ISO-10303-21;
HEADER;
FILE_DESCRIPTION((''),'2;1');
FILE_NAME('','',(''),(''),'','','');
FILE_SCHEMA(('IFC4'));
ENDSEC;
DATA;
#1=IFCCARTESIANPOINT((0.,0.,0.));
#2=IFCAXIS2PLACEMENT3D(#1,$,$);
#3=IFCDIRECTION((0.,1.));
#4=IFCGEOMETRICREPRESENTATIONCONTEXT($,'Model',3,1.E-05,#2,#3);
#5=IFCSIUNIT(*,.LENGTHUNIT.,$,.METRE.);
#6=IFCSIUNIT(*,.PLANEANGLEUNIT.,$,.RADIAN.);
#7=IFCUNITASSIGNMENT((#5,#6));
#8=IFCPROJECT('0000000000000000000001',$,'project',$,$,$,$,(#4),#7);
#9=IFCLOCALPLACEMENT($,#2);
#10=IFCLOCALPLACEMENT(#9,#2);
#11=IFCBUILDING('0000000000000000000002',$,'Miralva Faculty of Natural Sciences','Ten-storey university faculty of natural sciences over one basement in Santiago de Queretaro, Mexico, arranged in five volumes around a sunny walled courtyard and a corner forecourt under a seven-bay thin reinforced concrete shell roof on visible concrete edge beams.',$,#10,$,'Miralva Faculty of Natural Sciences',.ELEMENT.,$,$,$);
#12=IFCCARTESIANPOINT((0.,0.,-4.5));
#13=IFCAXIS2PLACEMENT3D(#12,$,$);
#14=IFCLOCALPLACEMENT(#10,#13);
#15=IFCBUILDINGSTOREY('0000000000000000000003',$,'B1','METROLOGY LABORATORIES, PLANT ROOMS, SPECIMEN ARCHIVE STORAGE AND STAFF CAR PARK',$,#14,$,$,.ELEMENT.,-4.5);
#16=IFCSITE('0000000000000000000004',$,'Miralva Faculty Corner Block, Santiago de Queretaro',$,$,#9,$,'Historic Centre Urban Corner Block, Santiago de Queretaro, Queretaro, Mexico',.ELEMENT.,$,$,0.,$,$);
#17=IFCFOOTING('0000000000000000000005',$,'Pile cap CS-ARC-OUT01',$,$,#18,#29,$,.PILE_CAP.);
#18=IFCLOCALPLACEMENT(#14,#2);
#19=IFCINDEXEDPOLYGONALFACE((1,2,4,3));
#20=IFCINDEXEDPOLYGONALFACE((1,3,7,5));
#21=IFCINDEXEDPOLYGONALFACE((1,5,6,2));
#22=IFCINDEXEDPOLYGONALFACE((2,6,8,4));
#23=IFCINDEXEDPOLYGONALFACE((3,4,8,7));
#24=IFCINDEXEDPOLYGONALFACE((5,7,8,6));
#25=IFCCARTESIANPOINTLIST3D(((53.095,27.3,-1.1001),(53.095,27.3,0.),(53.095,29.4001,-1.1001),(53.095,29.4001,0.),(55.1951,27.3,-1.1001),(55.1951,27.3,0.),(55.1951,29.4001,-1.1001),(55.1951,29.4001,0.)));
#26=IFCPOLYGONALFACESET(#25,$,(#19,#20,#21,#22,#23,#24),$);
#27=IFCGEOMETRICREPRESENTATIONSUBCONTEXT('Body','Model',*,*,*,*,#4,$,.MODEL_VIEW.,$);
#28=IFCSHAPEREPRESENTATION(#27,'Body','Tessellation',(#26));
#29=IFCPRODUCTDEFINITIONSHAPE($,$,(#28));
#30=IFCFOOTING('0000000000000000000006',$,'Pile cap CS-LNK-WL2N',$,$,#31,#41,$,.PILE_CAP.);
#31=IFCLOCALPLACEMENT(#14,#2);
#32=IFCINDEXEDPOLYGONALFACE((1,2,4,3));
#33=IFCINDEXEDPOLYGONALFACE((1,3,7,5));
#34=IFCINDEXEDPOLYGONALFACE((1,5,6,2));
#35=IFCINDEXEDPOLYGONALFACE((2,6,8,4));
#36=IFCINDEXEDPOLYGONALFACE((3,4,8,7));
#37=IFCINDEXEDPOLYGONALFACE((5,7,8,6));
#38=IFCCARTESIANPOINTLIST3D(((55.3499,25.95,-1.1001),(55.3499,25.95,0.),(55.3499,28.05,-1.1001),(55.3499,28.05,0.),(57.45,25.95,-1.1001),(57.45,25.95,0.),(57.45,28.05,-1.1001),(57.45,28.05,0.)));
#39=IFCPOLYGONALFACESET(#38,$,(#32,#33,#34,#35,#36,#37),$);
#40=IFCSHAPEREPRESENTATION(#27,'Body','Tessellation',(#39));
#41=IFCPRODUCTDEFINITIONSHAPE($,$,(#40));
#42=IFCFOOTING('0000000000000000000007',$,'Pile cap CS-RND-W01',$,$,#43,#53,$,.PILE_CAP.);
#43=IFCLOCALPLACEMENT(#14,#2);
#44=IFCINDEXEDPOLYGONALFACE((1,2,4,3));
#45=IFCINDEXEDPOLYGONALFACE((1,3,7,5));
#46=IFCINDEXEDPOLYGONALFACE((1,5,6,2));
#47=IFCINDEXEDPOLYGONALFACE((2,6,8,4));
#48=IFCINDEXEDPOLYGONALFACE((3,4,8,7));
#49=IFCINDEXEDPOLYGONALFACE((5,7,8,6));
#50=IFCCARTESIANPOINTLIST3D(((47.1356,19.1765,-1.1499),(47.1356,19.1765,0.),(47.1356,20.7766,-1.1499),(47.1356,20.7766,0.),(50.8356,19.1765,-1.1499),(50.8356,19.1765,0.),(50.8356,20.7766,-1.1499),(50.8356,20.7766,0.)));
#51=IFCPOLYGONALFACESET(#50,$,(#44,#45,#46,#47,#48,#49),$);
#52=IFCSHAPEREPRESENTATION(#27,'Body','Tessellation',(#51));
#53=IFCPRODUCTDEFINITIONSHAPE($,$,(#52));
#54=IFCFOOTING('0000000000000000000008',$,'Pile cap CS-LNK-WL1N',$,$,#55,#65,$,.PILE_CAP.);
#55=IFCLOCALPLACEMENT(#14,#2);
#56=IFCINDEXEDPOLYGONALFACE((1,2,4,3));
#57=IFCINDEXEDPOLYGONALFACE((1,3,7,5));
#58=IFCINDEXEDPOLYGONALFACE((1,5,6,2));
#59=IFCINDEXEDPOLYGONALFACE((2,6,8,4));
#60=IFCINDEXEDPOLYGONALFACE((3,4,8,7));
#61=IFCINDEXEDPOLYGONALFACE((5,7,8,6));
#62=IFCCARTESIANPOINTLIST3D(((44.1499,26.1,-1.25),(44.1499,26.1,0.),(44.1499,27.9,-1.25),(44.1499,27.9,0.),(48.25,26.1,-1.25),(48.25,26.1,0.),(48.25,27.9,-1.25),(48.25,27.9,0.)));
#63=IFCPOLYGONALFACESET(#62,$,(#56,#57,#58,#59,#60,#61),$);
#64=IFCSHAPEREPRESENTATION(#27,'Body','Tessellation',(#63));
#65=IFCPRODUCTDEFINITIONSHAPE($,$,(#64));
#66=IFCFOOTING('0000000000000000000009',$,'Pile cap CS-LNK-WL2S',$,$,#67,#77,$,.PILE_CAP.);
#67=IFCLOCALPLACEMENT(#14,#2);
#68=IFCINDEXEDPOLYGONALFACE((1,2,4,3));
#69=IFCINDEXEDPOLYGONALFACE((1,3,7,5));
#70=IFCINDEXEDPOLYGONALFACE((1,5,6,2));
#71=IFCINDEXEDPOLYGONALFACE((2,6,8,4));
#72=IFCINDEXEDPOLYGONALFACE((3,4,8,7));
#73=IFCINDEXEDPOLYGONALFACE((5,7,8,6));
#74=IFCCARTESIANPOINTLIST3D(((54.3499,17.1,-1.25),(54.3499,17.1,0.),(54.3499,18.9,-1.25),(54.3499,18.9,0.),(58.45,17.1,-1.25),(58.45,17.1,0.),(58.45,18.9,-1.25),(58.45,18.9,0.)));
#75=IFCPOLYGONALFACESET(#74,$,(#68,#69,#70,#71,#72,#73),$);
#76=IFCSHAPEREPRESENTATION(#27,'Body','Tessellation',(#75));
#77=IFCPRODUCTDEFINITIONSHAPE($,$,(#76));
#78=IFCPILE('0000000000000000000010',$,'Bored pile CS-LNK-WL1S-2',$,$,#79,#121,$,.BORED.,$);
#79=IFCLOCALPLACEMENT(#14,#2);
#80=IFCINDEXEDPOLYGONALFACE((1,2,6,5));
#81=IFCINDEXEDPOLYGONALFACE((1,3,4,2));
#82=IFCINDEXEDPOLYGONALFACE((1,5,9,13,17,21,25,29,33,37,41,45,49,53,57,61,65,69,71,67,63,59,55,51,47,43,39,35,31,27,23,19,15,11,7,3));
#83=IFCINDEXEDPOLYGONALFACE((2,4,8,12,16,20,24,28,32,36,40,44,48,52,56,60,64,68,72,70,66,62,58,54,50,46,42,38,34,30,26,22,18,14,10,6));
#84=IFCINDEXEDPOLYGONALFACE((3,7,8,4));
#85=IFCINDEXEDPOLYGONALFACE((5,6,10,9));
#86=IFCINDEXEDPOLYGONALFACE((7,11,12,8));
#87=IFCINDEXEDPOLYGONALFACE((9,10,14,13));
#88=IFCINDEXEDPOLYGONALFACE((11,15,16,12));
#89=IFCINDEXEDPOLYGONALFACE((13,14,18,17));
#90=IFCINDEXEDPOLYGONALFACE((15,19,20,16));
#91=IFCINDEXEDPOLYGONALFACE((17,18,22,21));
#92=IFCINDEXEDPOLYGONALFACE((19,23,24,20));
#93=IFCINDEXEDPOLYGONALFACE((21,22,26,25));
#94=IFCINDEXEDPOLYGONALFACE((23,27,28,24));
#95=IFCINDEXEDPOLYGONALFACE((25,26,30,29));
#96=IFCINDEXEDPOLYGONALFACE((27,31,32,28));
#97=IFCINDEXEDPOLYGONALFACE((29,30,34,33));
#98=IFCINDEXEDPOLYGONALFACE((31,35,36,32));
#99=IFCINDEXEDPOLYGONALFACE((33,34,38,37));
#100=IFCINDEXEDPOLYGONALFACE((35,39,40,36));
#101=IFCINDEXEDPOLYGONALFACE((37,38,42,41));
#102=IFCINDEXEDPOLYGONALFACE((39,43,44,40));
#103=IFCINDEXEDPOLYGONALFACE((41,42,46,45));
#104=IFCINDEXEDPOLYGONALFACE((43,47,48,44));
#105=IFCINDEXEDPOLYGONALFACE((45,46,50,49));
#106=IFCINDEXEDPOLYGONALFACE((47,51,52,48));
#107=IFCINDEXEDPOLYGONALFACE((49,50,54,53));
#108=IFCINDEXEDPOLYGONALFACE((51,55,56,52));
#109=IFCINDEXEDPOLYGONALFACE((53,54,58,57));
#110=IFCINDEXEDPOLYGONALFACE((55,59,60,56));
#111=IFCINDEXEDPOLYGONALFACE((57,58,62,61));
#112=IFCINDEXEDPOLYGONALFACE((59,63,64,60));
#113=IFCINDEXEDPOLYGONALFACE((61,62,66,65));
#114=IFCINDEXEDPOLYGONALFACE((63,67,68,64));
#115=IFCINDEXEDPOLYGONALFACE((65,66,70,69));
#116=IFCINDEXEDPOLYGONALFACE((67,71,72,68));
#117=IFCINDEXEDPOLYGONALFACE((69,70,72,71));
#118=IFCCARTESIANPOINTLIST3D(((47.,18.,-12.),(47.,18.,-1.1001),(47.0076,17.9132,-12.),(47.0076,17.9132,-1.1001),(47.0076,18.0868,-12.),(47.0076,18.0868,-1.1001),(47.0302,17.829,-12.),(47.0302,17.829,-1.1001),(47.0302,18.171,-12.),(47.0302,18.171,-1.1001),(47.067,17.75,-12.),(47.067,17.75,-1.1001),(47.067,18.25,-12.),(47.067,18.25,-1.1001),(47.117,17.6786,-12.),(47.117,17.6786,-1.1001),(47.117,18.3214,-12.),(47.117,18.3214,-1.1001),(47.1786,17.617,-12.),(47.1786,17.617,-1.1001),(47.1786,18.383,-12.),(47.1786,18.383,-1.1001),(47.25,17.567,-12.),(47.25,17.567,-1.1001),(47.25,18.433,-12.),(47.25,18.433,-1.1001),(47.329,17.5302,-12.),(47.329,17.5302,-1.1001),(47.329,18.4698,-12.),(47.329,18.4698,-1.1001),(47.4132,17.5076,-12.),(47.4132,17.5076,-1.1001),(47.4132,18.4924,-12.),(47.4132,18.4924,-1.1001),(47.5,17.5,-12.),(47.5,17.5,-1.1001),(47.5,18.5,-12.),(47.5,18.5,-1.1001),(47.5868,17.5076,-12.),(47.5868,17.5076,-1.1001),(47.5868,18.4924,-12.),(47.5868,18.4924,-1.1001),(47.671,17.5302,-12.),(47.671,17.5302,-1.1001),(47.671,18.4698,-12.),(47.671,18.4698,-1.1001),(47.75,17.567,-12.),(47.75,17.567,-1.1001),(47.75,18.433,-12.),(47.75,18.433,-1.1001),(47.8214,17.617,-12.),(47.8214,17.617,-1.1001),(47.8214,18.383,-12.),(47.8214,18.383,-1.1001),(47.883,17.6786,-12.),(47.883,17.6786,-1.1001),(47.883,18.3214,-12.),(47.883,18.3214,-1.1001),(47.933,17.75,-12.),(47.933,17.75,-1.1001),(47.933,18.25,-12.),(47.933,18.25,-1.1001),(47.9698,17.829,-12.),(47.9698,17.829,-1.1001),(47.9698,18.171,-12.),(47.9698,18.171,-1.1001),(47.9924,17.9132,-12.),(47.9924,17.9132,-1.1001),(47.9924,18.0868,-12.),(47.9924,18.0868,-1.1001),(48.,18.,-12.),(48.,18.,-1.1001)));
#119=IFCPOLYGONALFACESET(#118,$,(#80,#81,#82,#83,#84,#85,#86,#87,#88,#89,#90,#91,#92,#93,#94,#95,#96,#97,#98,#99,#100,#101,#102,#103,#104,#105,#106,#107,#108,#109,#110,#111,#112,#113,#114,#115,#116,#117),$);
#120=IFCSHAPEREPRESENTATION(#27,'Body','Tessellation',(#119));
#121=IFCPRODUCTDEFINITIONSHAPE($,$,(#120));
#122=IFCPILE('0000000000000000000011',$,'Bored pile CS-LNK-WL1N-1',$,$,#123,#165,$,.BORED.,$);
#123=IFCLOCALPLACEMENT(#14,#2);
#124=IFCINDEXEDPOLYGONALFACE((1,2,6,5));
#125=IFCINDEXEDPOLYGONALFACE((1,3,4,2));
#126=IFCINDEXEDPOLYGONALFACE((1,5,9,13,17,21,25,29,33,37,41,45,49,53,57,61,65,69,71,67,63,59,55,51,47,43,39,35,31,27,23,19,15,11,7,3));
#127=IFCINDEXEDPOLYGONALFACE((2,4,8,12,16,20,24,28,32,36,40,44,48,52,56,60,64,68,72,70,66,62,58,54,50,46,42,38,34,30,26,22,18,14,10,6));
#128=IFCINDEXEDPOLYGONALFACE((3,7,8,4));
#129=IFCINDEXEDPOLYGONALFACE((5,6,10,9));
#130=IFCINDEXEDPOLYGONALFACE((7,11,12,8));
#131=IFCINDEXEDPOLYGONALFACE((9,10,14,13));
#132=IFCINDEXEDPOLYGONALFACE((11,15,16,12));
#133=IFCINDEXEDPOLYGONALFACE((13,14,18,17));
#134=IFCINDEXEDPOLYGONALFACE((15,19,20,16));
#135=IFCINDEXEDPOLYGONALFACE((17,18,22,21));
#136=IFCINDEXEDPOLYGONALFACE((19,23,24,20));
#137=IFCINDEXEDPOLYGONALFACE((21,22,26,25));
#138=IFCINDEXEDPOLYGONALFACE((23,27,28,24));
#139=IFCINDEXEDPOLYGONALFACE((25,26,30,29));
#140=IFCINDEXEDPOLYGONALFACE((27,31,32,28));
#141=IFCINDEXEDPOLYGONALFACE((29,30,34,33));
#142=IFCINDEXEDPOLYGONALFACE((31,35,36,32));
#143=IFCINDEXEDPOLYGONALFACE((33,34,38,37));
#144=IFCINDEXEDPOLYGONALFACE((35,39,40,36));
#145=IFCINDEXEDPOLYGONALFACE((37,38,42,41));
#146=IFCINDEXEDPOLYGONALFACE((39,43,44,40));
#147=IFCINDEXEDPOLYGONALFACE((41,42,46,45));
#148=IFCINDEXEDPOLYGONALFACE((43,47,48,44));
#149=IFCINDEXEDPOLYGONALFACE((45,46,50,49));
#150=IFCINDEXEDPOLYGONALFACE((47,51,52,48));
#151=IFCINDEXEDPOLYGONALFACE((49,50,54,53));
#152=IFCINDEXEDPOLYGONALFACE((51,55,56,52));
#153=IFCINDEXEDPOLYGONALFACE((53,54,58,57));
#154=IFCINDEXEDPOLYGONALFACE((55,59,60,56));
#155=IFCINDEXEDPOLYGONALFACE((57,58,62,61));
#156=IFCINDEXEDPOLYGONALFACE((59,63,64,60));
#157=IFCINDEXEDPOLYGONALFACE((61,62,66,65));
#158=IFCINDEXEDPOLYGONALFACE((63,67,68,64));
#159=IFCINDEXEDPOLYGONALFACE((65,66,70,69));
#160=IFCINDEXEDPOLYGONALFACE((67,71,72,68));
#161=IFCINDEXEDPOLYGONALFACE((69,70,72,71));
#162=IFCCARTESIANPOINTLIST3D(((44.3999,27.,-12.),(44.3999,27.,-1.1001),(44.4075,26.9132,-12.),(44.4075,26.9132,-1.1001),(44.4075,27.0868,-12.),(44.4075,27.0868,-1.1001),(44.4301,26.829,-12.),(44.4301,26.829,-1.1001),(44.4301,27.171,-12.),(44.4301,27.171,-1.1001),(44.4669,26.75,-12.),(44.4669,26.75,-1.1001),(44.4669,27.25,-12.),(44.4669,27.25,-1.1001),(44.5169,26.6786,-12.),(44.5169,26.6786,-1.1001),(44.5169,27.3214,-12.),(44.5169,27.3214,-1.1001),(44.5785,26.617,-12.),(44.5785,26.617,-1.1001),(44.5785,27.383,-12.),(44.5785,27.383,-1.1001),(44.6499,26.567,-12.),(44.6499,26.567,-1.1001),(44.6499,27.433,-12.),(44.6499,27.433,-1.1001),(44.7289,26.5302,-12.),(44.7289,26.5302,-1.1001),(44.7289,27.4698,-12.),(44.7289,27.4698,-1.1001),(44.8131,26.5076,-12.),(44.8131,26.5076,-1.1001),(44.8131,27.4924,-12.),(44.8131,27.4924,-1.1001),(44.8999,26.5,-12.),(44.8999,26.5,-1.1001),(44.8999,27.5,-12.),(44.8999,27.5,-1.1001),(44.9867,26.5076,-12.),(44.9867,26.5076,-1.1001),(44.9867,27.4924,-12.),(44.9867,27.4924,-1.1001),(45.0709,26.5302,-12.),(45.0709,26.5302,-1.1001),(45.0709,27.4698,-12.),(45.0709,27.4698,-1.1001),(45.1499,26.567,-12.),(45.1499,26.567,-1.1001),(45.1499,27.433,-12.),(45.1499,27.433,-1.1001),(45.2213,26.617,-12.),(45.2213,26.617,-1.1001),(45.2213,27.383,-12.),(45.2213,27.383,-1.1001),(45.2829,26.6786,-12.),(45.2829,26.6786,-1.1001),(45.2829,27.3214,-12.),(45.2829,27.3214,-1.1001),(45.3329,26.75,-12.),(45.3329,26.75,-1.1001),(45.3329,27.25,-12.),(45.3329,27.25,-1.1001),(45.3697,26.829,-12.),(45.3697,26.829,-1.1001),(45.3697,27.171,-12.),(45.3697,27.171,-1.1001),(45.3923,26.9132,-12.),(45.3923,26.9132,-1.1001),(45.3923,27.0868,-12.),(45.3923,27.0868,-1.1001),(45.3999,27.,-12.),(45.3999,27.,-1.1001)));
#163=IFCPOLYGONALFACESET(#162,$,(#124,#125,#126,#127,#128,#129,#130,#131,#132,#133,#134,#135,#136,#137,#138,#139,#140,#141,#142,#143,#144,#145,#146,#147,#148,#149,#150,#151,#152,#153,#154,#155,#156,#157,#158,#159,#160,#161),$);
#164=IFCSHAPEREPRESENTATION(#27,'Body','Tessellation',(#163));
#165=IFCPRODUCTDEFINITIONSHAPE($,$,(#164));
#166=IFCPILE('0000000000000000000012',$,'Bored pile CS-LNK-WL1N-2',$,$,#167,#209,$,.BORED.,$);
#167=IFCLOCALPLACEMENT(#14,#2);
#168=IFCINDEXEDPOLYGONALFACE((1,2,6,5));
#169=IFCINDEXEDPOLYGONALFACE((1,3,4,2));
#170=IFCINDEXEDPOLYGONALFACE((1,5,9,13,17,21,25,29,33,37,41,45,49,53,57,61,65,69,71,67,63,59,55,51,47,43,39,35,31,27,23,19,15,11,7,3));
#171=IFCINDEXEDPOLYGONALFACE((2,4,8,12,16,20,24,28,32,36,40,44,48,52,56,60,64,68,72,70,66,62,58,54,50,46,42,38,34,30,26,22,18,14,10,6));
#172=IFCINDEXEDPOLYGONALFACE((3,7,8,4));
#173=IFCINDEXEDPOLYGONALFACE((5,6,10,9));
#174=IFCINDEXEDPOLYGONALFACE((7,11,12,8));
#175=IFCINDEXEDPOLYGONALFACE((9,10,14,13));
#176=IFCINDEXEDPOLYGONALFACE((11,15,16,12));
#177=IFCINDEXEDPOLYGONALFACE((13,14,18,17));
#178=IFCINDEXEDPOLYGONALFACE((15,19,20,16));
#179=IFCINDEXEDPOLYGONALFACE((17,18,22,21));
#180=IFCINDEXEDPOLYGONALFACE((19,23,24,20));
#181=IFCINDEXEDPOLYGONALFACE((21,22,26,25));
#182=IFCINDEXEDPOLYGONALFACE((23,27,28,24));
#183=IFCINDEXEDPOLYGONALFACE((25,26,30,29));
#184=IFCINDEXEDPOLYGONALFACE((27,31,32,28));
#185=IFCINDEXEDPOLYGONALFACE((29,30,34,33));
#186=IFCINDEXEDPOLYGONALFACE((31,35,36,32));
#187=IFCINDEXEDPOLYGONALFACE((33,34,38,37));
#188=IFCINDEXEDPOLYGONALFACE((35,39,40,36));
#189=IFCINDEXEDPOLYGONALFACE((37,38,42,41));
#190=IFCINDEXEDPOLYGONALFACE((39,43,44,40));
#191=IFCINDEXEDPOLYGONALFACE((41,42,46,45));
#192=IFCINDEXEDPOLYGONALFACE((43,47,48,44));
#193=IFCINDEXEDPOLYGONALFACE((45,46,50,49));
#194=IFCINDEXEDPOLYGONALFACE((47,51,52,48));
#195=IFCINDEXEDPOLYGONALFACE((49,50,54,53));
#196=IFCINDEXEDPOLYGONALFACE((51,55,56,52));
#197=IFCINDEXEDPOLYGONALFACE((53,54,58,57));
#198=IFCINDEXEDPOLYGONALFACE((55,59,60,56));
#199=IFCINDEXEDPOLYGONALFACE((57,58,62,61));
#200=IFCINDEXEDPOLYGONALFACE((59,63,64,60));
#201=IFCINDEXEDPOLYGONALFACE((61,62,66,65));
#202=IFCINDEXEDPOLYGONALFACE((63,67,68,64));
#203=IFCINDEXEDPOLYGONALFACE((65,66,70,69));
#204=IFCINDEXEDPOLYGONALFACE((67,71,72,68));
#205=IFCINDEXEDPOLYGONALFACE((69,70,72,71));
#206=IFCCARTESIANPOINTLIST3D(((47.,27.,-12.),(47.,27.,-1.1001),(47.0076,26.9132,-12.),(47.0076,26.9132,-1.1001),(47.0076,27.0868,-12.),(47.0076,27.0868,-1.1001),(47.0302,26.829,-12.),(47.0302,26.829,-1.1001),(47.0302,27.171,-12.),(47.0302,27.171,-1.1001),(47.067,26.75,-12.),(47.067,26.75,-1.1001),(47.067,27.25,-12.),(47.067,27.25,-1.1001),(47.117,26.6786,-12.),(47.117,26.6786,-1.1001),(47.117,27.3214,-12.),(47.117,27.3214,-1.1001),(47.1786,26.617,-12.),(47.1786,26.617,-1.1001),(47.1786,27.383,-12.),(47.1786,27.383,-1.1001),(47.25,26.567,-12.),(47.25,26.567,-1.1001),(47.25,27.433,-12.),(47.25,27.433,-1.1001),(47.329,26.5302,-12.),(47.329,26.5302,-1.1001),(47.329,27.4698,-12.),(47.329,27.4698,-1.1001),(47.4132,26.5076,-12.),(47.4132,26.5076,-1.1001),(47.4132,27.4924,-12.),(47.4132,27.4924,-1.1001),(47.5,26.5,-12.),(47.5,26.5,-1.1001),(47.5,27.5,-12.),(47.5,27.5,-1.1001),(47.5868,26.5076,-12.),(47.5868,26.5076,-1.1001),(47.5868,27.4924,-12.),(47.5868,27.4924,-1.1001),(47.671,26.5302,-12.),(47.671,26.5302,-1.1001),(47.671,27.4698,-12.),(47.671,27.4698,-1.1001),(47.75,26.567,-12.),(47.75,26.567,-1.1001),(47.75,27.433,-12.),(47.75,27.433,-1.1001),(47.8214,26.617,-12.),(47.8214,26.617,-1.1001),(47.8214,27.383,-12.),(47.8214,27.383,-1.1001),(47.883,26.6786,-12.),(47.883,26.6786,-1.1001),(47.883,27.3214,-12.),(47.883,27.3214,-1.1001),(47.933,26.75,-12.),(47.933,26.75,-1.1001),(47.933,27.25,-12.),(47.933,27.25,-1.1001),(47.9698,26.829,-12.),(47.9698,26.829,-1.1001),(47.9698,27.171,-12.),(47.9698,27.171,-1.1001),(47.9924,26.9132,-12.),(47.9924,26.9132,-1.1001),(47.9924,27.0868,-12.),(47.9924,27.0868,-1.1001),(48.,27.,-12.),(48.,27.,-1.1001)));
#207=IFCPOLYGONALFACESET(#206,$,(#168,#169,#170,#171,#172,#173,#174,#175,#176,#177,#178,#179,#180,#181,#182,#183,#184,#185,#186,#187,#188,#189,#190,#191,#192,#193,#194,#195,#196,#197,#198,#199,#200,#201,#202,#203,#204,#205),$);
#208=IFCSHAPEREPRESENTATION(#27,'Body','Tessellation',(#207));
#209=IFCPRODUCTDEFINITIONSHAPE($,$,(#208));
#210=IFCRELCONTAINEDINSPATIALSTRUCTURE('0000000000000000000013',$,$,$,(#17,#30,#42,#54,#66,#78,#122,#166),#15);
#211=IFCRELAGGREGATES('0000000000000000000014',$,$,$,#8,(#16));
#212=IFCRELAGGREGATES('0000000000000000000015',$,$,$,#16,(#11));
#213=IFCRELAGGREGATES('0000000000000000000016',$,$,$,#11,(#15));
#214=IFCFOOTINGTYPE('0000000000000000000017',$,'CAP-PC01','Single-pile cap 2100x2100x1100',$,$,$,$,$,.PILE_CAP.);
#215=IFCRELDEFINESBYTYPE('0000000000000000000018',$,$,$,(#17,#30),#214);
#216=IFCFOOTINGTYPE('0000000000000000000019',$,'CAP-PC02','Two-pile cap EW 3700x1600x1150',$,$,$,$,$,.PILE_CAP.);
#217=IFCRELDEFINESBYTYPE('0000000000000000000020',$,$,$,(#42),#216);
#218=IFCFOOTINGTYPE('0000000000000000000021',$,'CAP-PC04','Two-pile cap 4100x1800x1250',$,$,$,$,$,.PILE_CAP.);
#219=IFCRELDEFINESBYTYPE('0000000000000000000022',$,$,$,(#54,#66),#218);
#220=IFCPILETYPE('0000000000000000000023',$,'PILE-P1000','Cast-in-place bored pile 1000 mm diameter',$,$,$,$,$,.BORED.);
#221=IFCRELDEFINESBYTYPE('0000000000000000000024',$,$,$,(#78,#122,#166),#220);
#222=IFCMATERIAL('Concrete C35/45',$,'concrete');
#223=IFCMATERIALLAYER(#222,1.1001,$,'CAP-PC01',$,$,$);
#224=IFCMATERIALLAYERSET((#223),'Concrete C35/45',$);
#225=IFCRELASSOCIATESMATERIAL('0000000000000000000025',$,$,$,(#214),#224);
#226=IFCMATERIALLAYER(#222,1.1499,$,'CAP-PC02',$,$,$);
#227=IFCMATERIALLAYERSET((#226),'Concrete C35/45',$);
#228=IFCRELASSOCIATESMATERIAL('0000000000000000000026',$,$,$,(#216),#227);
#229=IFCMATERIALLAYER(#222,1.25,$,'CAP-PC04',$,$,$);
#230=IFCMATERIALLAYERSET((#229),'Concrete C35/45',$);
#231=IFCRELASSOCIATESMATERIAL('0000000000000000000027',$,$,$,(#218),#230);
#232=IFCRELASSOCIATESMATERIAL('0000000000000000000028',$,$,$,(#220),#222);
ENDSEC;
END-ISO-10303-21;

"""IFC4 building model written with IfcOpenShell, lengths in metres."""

from ifc_helpers import new_model, si_unit, direction, frame, origin, origin_2d, place, context, subcontext, project, spatial, rectangle, circle, extrude, material, layer, layer_set, material_profile, profile_set, type_object, element, save


model = new_model("IFC4")

# Units and contexts
model_context = context("Model", 3, precision=1e-05, world=origin(), true_north=direction((0.0, 1.0)))
body_context = subcontext(model_context, "Body", "Model", "MODEL_VIEW")
ifc_project = project(units=[si_unit("LENGTHUNIT", "METRE"), si_unit("PLANEANGLEUNIT", "RADIAN")], contexts=[model_context])

# Site, building, storey
site_placement = place(None, origin())
site = spatial("IfcSite", under=ifc_project, at=site_placement, Name="Miralva Faculty Corner Block, Santiago de Queretaro", LongName="Historic Centre Urban Corner Block, Santiago de Queretaro, Queretaro, Mexico", CompositionType="ELEMENT", RefElevation=0.0)
building_placement = place(site_placement, origin())
building = spatial("IfcBuilding", under=site, at=building_placement, Name="Miralva Faculty of Natural Sciences", Description="Ten-storey university faculty of natural sciences over one basement in Santiago de Queretaro, Mexico, arranged in five volumes around a sunny walled courtyard and a corner forecourt under a seven-bay thin reinforced concrete shell roof on visible concrete edge beams.", LongName="Miralva Faculty of Natural Sciences", CompositionType="ELEMENT")
storey_placement = place(building_placement, frame((0.0, 0.0, -4.5)))
storey = spatial("IfcBuildingStorey", under=building, at=storey_placement, Name="B1", Description="METROLOGY LABORATORIES, PLANT ROOMS, SPECIMEN ARCHIVE STORAGE AND STAFF CAR PARK", CompositionType="ELEMENT", Elevation=-4.5)

# Footings
ifc_material_1 = material(Name="Concrete C35/45", Category="concrete")
ifc_layer_1 = layer(ifc_material_1, 1.1001, Name="CAP-PC01")
ifc_layer_set_1 = layer_set([ifc_layer_1], Name="Concrete C35/45")
footing_type_1 = type_object("IfcFootingType", Name="CAP-PC01", Description="Single-pile cap 2100x2100x1100", PredefinedType="PILE_CAP", material=ifc_layer_set_1)
for number, where, z_axis, x_axis, name in (
    (1, (54.145, 28.3501, -1.1001), (0.0, 0.0, 1.0), (1.0, 0.0, 0.0), "Pile cap CS-ARC-OUT01"),
    (2, (56.3999, 27.0, -1.1001), (0.0, 0.0, 1.0), (1.0, 0.0, 0.0), "Pile cap CS-LNK-WL2N"),
):
    element("IfcFooting", number, at=place(storey_placement, frame(where, z_axis=z_axis, x_axis=x_axis)), inside=storey, type_object=footing_type_1, Name=name, PredefinedType="PILE_CAP", context=body_context, shape_type="SweptSolid", body=[
        extrude(rectangle(XDim=2.1001, YDim=2.1001, at=origin_2d()), origin(), (0.0, 0.0, 1.0), 1.1001),
    ])
ifc_layer_2 = layer(ifc_material_1, 1.1499, Name="CAP-PC02")
ifc_layer_set_2 = layer_set([ifc_layer_2], Name="Concrete C35/45")
footing_type_2 = type_object("IfcFootingType", Name="CAP-PC02", Description="Two-pile cap EW 3700x1600x1150", PredefinedType="PILE_CAP", material=ifc_layer_set_2)
footing_1_placement = place(storey_placement, frame((48.9856, 19.9766, -1.1499), z_axis=(0.0, 0.0, 1.0), x_axis=(1.0, 0.0, 0.0)))
element("IfcFooting", 3, at=footing_1_placement, inside=storey, type_object=footing_type_2, Name="Pile cap CS-RND-W01", PredefinedType="PILE_CAP", context=body_context, shape_type="SweptSolid", body=[
    extrude(rectangle(XDim=3.7, YDim=1.6001, at=origin_2d()), origin(), (0.0, 0.0, 1.0), 1.1499),
])
ifc_layer_3 = layer(ifc_material_1, 1.25, Name="CAP-PC04")
ifc_layer_set_3 = layer_set([ifc_layer_3], Name="Concrete C35/45")
footing_type_3 = type_object("IfcFootingType", Name="CAP-PC04", Description="Two-pile cap 4100x1800x1250", PredefinedType="PILE_CAP", material=ifc_layer_set_3)
for number, where, z_axis, x_axis, name in (
    (4, (46.2, 27.0, -1.25), (0.0, 0.0, 1.0), (1.0, 0.0, 0.0), "Pile cap CS-LNK-WL1N"),
    (5, (56.3999, 18.0, -1.25), (0.0, 0.0, 1.0), (1.0, 0.0, 0.0), "Pile cap CS-LNK-WL2S"),
):
    element("IfcFooting", number, at=place(storey_placement, frame(where, z_axis=z_axis, x_axis=x_axis)), inside=storey, type_object=footing_type_3, Name=name, PredefinedType="PILE_CAP", context=body_context, shape_type="SweptSolid", body=[
        extrude(rectangle(XDim=4.1001, YDim=1.8, at=origin_2d()), origin(), (0.0, 0.0, 1.0), 1.25),
    ])

# Piles
ifc_material_profile_1 = material_profile(ifc_material_1, circle(Radius=0.5, at=origin_2d()), Name="BORED PILE 1000")
ifc_profile_set_1 = profile_set([ifc_material_profile_1], Name="Concrete C35/45")
pile_type_1 = type_object("IfcPileType", Name="PILE-P1000", Description="Cast-in-place bored pile 1000 mm diameter", PredefinedType="BORED", material=ifc_profile_set_1)
for number, where, z_axis, x_axis, name in (
    (6, (47.5, 18.0, -1.1001), (0.0, 0.0, -1.0), (1.0, 0.0, 0.0), "Bored pile CS-LNK-WL1S-2"),
    (7, (44.8999, 27.0, -1.1001), (0.0, 0.0, -1.0), (1.0, 0.0, 0.0), "Bored pile CS-LNK-WL1N-1"),
    (8, (47.5, 27.0, -1.1001), (0.0, 0.0, -1.0), (1.0, 0.0, 0.0), "Bored pile CS-LNK-WL1N-2"),
):
    element("IfcPile", number, at=place(storey_placement, frame(where, z_axis=z_axis, x_axis=x_axis)), inside=storey, type_object=pile_type_1, Name=name, PredefinedType="BORED", context=body_context, shape_type="SweptSolid", body=[
        extrude(circle(Radius=0.5, at=origin_2d()), origin(), (0.0, 0.0, 1.0), 10.8999),
    ])

save(model, "model.ifc")
